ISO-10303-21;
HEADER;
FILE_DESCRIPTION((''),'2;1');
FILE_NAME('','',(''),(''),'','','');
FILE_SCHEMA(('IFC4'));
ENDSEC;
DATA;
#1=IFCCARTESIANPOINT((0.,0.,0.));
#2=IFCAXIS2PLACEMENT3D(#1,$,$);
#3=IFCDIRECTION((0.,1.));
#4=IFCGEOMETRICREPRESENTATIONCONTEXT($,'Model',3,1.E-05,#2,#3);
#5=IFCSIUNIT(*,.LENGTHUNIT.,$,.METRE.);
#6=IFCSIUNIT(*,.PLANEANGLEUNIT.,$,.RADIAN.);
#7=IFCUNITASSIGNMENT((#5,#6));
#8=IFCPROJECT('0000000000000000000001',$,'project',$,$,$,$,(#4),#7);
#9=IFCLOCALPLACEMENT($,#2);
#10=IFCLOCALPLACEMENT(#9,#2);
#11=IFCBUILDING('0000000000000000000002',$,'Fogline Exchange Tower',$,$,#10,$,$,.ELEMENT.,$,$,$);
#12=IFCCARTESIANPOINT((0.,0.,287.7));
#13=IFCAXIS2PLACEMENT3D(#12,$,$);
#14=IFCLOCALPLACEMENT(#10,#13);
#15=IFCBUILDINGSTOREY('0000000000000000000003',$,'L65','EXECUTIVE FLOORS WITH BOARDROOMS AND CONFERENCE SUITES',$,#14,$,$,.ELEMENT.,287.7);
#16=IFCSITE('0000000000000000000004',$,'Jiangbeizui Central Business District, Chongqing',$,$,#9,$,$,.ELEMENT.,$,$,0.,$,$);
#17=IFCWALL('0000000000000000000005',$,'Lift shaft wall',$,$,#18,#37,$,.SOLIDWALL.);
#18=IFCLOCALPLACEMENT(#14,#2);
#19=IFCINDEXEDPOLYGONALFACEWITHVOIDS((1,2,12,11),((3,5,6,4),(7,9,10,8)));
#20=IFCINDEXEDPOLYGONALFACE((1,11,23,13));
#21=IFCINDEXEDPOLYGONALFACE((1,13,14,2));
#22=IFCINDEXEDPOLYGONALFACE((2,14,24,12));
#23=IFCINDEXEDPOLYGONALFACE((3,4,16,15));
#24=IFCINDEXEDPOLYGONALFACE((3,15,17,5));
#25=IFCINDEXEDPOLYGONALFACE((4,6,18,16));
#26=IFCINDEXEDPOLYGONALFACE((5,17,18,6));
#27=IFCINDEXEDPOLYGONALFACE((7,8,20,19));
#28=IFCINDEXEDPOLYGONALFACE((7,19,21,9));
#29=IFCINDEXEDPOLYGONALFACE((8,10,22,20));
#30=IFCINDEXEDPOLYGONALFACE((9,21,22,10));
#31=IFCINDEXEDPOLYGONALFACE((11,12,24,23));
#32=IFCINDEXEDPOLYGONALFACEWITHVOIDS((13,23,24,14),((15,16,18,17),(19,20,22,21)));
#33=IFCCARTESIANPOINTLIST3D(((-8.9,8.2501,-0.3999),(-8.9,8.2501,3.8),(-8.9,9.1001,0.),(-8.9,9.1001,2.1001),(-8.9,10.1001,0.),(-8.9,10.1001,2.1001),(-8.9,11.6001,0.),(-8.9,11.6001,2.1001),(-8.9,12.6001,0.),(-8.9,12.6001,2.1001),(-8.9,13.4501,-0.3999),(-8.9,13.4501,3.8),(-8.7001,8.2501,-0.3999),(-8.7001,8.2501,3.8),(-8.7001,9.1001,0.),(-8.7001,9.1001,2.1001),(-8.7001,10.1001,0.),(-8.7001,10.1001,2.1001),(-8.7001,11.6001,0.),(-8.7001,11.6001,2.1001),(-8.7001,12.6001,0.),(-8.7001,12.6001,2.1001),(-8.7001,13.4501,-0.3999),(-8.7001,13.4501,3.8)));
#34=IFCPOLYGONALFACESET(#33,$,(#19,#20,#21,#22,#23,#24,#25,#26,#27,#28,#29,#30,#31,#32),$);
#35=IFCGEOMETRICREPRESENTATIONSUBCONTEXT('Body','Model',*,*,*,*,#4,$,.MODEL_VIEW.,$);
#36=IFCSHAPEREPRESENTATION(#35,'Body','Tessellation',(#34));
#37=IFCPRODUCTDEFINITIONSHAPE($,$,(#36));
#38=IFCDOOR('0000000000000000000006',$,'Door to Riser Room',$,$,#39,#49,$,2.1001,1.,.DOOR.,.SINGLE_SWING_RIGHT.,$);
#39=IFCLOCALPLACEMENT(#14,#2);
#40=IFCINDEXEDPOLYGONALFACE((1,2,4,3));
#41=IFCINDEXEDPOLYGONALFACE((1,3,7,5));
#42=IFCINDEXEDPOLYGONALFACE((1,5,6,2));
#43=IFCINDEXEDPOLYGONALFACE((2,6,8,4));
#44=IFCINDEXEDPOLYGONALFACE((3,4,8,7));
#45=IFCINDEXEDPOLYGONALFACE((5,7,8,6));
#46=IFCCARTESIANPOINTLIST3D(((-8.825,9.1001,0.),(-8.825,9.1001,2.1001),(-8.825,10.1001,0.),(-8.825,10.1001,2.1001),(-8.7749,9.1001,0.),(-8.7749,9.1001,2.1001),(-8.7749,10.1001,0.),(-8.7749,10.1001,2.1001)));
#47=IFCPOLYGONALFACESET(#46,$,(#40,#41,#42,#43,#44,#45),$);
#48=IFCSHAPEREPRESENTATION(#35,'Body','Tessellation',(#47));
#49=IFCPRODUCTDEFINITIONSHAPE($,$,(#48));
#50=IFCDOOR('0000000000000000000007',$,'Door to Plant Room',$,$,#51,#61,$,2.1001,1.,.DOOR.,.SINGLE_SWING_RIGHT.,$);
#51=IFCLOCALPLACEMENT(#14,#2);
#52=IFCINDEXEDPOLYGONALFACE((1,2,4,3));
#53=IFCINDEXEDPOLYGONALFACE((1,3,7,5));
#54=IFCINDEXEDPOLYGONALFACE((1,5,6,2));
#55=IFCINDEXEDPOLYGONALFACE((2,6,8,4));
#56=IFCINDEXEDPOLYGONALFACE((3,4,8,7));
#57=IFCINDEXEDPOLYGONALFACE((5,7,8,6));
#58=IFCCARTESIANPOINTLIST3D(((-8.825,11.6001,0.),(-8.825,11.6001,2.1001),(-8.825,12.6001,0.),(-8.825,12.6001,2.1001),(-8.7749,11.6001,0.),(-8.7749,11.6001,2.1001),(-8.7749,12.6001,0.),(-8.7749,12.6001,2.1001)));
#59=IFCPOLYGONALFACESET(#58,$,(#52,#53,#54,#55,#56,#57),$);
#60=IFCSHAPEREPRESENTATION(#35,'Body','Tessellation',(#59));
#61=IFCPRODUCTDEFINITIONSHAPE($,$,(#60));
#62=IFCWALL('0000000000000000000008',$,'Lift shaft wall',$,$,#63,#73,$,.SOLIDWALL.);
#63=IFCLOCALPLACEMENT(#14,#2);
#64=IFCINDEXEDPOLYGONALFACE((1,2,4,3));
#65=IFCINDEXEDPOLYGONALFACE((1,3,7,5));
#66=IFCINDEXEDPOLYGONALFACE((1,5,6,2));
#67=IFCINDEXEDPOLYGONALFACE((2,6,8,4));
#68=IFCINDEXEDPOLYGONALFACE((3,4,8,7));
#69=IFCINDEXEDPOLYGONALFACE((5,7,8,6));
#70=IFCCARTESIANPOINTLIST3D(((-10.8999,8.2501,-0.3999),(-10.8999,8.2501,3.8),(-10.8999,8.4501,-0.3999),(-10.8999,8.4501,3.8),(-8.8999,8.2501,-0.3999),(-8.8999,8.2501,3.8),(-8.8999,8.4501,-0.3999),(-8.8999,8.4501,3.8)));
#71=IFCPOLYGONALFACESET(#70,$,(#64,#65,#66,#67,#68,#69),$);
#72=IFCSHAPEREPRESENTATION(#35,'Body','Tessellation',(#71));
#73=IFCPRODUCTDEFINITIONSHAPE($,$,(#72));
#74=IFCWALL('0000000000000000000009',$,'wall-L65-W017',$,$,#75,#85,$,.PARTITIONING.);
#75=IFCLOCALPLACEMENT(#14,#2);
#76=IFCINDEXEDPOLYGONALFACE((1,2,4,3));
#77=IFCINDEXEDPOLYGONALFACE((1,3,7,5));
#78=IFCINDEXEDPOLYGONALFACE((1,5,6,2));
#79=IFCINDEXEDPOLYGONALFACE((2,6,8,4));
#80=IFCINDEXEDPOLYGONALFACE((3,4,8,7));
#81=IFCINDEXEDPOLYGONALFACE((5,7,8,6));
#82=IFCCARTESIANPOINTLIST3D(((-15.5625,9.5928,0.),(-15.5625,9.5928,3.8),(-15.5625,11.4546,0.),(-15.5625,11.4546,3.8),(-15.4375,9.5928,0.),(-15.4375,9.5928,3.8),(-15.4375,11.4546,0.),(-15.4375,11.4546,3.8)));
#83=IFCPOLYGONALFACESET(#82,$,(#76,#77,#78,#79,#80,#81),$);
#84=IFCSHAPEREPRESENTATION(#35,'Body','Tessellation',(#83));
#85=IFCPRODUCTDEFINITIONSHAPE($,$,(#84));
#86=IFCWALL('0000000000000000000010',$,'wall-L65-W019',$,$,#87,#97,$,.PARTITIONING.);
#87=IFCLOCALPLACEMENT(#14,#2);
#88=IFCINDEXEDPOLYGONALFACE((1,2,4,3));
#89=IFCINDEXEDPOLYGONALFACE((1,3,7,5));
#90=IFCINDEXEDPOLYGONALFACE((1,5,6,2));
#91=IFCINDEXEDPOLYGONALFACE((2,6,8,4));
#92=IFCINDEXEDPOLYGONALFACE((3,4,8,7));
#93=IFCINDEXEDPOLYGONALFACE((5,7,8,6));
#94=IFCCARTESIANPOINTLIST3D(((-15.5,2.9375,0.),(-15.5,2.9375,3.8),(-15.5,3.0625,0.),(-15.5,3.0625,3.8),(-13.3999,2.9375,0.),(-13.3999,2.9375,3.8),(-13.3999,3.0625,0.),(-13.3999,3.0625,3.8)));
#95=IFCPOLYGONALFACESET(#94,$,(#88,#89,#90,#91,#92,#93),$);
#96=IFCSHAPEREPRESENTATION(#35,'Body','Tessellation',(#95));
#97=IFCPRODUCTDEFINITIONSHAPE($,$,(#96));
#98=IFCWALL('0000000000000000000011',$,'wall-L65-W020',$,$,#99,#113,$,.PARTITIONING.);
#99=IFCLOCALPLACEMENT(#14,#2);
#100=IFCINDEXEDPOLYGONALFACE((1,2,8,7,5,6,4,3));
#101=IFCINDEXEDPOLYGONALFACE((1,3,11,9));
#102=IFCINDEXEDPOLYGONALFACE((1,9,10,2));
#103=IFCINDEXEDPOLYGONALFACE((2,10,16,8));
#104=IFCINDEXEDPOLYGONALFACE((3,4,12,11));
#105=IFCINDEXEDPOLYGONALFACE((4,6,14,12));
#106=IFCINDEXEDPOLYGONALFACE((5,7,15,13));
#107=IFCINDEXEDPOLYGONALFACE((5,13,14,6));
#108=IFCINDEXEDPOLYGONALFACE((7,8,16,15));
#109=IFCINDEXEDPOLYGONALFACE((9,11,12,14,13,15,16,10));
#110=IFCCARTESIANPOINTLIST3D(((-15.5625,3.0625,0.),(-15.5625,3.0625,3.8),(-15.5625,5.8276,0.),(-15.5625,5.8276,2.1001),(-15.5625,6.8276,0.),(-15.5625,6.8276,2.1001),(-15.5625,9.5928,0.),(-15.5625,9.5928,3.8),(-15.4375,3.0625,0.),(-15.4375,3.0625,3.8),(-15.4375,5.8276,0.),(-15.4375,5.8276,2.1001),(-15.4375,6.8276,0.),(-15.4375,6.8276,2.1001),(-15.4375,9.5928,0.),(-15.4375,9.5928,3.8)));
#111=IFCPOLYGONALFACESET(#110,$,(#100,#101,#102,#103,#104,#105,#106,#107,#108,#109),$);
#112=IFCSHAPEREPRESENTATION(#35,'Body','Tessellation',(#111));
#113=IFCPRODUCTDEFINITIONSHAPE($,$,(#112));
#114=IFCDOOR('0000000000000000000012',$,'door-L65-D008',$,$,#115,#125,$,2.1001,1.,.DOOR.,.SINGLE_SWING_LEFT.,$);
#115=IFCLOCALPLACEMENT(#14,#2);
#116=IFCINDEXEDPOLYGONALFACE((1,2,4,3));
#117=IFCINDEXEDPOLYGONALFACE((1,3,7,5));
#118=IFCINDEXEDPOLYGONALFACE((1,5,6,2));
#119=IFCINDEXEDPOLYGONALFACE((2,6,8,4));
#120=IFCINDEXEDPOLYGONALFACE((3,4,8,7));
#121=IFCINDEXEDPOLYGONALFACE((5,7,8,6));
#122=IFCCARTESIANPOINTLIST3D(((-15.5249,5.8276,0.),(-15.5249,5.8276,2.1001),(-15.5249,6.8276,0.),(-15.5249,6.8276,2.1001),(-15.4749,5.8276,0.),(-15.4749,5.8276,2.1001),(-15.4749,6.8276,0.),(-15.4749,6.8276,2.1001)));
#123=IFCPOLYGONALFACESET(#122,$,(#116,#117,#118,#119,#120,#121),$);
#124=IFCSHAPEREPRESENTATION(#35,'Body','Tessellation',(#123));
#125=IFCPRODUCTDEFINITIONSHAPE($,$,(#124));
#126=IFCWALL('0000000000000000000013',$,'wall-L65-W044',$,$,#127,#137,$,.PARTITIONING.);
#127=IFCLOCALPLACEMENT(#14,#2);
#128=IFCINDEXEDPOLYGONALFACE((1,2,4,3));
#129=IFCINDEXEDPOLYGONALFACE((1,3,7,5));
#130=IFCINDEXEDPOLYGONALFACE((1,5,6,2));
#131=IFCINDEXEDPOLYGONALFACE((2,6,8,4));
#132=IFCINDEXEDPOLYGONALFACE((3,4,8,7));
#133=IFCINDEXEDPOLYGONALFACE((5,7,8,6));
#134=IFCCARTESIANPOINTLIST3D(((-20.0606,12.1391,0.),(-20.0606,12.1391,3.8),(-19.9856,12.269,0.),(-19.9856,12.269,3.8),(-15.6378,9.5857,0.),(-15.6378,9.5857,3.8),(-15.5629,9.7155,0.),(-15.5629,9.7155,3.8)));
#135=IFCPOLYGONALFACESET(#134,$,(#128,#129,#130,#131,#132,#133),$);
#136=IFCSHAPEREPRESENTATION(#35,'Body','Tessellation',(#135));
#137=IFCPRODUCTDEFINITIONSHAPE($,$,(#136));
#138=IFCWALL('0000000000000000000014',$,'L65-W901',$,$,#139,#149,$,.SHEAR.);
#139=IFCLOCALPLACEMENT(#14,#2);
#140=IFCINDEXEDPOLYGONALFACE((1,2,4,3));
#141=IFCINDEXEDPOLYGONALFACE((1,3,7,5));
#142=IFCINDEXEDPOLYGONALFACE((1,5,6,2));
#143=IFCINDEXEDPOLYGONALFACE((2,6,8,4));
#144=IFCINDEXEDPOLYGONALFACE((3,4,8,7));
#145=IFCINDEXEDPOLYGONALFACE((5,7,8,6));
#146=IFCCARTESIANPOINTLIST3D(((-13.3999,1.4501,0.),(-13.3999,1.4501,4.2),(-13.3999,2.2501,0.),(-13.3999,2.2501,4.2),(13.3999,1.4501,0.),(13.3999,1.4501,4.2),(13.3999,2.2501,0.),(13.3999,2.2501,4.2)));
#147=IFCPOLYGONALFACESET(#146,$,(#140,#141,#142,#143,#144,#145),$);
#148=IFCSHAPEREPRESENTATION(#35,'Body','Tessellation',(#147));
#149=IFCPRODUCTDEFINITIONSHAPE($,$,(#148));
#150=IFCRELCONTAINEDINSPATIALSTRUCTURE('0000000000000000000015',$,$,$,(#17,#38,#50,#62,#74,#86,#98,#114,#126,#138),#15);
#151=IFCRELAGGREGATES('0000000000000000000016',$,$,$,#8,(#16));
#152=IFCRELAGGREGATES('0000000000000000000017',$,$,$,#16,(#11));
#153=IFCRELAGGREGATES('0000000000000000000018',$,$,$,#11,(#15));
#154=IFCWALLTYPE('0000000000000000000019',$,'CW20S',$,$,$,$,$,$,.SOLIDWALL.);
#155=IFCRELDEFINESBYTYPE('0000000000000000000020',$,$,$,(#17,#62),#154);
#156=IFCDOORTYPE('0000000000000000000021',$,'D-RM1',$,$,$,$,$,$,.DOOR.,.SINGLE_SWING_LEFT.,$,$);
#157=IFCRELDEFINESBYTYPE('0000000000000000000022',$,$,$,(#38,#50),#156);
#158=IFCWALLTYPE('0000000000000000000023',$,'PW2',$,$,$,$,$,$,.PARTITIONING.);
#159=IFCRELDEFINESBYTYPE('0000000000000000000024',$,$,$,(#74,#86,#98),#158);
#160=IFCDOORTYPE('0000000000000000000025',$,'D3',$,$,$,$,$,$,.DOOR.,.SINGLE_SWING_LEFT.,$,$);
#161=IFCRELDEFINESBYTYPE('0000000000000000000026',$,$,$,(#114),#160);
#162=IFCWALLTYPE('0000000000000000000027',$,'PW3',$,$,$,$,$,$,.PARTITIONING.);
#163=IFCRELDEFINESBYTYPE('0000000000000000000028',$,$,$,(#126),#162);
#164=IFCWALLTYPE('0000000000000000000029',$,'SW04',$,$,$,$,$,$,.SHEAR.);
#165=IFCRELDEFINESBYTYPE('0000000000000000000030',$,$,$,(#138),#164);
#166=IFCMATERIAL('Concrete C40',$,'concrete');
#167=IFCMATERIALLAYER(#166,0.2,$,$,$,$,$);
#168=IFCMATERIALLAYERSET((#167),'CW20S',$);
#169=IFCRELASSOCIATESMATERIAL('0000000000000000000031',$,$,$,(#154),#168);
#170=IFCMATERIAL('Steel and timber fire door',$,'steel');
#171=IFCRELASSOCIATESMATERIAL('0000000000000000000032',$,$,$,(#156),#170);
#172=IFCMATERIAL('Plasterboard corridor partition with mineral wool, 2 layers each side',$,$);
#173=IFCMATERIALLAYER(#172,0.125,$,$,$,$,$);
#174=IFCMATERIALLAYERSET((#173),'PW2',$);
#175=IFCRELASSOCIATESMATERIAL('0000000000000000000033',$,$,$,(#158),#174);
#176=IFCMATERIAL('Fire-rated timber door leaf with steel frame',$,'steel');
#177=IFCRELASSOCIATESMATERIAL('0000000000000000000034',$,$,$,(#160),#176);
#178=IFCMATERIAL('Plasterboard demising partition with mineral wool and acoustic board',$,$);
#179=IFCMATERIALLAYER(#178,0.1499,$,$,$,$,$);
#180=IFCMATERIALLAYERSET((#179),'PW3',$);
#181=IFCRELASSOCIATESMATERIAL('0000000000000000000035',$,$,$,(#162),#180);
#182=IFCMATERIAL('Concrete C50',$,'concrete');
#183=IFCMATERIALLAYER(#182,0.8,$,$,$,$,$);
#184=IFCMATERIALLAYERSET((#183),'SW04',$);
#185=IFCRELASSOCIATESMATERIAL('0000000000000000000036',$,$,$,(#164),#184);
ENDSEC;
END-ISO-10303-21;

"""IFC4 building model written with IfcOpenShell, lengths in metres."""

from ifc_helpers import new_model, si_unit, direction, frame, frame_2d, origin, place, context, subcontext, project, spatial, rectangle, extrude, material, layer, layer_set, type_object, element, fill, save


model = new_model("IFC4")

# Units and contexts
model_context = context("Model", 3, precision=1e-05, world=origin(), true_north=direction((0.0, 1.0)))
body_context = subcontext(model_context, "Body", "Model", "MODEL_VIEW")
ifc_project = project(units=[si_unit("LENGTHUNIT", "METRE"), si_unit("PLANEANGLEUNIT", "RADIAN")], contexts=[model_context])

# Site, building, storey
site_placement = place(None, origin())
site = spatial("IfcSite", under=ifc_project, at=site_placement, Name="Jiangbeizui Central Business District, Chongqing", CompositionType="ELEMENT", RefElevation=0.0)
building_placement = place(site_placement, origin())
building = spatial("IfcBuilding", under=site, at=building_placement, Name="Fogline Exchange Tower", CompositionType="ELEMENT")
storey_placement = place(building_placement, frame((0.0, 0.0, 287.7)))
storey = spatial("IfcBuildingStorey", under=building, at=storey_placement, Name="L65", Description="EXECUTIVE FLOORS WITH BOARDROOMS AND CONFERENCE SUITES", CompositionType="ELEMENT", Elevation=287.7)

# Shared definitions
ifc_material_1 = material(Name="Concrete C40", Category="concrete")

# Shared definitions
ifc_material_2 = material(Name="Steel and timber fire door", Category="steel")

# Wall, openings, doors
ifc_layer_1 = layer(ifc_material_1, 0.2)
ifc_layer_set_1 = layer_set([ifc_layer_1], Name="CW20S")
wall_type_1 = type_object("IfcWallType", Name="CW20S", PredefinedType="SOLIDWALL", material=ifc_layer_set_1)
wall_1_placement = place(storey_placement, frame((-8.8, 8.25, -0.3999), z_axis=(0.0, 0.0, 1.0), x_axis=(0.0, 1.0, 0.0)))
wall_1 = element("IfcWall", 1, at=wall_1_placement, inside=storey, type_object=wall_type_1, Name="Lift shaft wall", PredefinedType="SOLIDWALL", context=body_context, shape_type="SweptSolid", body=[
    extrude(rectangle(XDim=5.2, YDim=0.2, at=frame_2d((2.6001, 0.0))), origin(), (0.0, 0.0, 1.0), 4.2),
])
opening_1_placement = place(wall_1_placement, frame((0.8501, 0.0, 0.3999)))
opening_1 = element("IfcOpeningElement", 2, at=opening_1_placement, cuts=wall_1, PredefinedType="OPENING", context=body_context, shape_type="SweptSolid", body=[
    extrude(rectangle(XDim=1.0, YDim=2.1001, at=frame_2d((0.5, 1.05))), frame((0.0, 0.1099, 0.0), z_axis=(0.0, -1.0, 0.0), x_axis=(1.0, 0.0, 0.0)), (0.0, 0.0, 1.0), 0.22),
])
opening_2_placement = place(wall_1_placement, frame((3.3501, 0.0, 0.3999)))
opening_2 = element("IfcOpeningElement", 3, at=opening_2_placement, cuts=wall_1, PredefinedType="OPENING", context=body_context, shape_type="SweptSolid", body=[
    extrude(rectangle(XDim=1.0, YDim=2.1001, at=frame_2d((0.5, 1.05))), frame((0.0, 0.1099, 0.0), z_axis=(0.0, -1.0, 0.0), x_axis=(1.0, 0.0, 0.0)), (0.0, 0.0, 1.0), 0.22),
])
door_type_1 = type_object("IfcDoorType", Name="D-RM1", OperationType="SINGLE_SWING_LEFT", PredefinedType="DOOR", material=ifc_material_2)
door_1_placement = place(opening_1_placement, origin())
door_1 = element("IfcDoor", 4, at=door_1_placement, inside=storey, type_object=door_type_1, Name="Door to Riser Room", OperationType="SINGLE_SWING_RIGHT", OverallHeight=2.1001, OverallWidth=1.0, PredefinedType="DOOR", context=body_context, shape_type="SweptSolid", body=[
    extrude(rectangle(XDim=1.0, YDim=2.1001, at=frame_2d((0.5, 1.05))), frame((0.0, 0.0249, 0.0), z_axis=(0.0, -1.0, 0.0), x_axis=(1.0, 0.0, 0.0)), (0.0, 0.0, 1.0), 0.05),
])
fill(opening_1, door_1)
door_2_placement = place(opening_2_placement, origin())
door_2 = element("IfcDoor", 5, at=door_2_placement, inside=storey, type_object=door_type_1, Name="Door to Plant Room", OperationType="SINGLE_SWING_RIGHT", OverallHeight=2.1001, OverallWidth=1.0, PredefinedType="DOOR", context=body_context, shape_type="SweptSolid", body=[
    extrude(rectangle(XDim=1.0, YDim=2.1001, at=frame_2d((0.5, 1.05))), frame((0.0, 0.0249, 0.0), z_axis=(0.0, -1.0, 0.0), x_axis=(1.0, 0.0, 0.0)), (0.0, 0.0, 1.0), 0.05),
])
fill(opening_2, door_2)

# Walls
wall_2_placement = place(storey_placement, frame((-10.8999, 8.3501, -0.3999), z_axis=(0.0, 0.0, 1.0), x_axis=(1.0, 0.0, 0.0)))
element("IfcWall", 6, at=wall_2_placement, inside=storey, type_object=wall_type_1, Name="Lift shaft wall", PredefinedType="SOLIDWALL", context=body_context, shape_type="SweptSolid", body=[
    extrude(rectangle(XDim=2.0, YDim=0.2, at=frame_2d((1.0, 0.0))), origin(), (0.0, 0.0, 1.0), 4.2),
])
ifc_material_3 = material(Name="Plasterboard corridor partition with mineral wool, 2 layers each side")
ifc_layer_2 = layer(ifc_material_3, 0.125)
ifc_layer_set_2 = layer_set([ifc_layer_2], Name="PW2")
wall_type_2 = type_object("IfcWallType", Name="PW2", PredefinedType="PARTITIONING", material=ifc_layer_set_2)
wall_3_placement = place(storey_placement, frame((-15.5, 9.5928, 0.0), z_axis=(0.0, 0.0, 1.0), x_axis=(0.0, 1.0, 0.0)))
element("IfcWall", 7, at=wall_3_placement, inside=storey, type_object=wall_type_2, Name="wall-L65-W017", PredefinedType="PARTITIONING", context=body_context, shape_type="SweptSolid", body=[
    extrude(rectangle(XDim=1.8618, YDim=0.125, at=frame_2d((0.9309, 0.0))), origin(), (0.0, 0.0, 1.0), 3.8),
])
wall_4_placement = place(storey_placement, frame((-13.3999, 3.0, 0.0), z_axis=(0.0, 0.0, 1.0), x_axis=(-1.0, 0.0, 0.0)))
element("IfcWall", 8, at=wall_4_placement, inside=storey, type_object=wall_type_2, Name="wall-L65-W019", PredefinedType="PARTITIONING", context=body_context, shape_type="SweptSolid", body=[
    extrude(rectangle(XDim=2.1001, YDim=0.125, at=frame_2d((1.05, 0.0))), origin(), (0.0, 0.0, 1.0), 3.8),
])

# Wall, opening, door
wall_5_placement = place(storey_placement, frame((-15.5, 3.0625, 0.0), z_axis=(0.0, 0.0, 1.0), x_axis=(0.0, 1.0, 0.0)))
wall_5 = element("IfcWall", 9, at=wall_5_placement, inside=storey, type_object=wall_type_2, Name="wall-L65-W020", PredefinedType="PARTITIONING", context=body_context, shape_type="SweptSolid", body=[
    extrude(rectangle(XDim=6.5303, YDim=0.125, at=frame_2d((3.2651, 0.0))), origin(), (0.0, 0.0, 1.0), 3.8),
])
opening_3_placement = place(wall_5_placement, frame((2.7651, 0.0, 0.0)))
opening_3 = element("IfcOpeningElement", 10, at=opening_3_placement, cuts=wall_5, PredefinedType="OPENING", context=body_context, shape_type="SweptSolid", body=[
    extrude(rectangle(XDim=1.0, YDim=2.1001, at=frame_2d((0.5, 1.05))), frame((0.0, 0.0725, 0.0), z_axis=(0.0, -1.0, 0.0), x_axis=(1.0, 0.0, 0.0)), (0.0, 0.0, 1.0), 0.145),
])
ifc_material_4 = material(Name="Fire-rated timber door leaf with steel frame", Category="steel")
door_type_2 = type_object("IfcDoorType", Name="D3", OperationType="SINGLE_SWING_LEFT", PredefinedType="DOOR", material=ifc_material_4)
door_3_placement = place(opening_3_placement, origin())
door_3 = element("IfcDoor", 11, at=door_3_placement, inside=storey, type_object=door_type_2, Name="door-L65-D008", OperationType="SINGLE_SWING_LEFT", OverallHeight=2.1001, OverallWidth=1.0, PredefinedType="DOOR", context=body_context, shape_type="SweptSolid", body=[
    extrude(rectangle(XDim=1.0, YDim=2.1001, at=frame_2d((0.5, 1.05))), frame((0.0, 0.0249, 0.0), z_axis=(0.0, -1.0, 0.0), x_axis=(1.0, 0.0, 0.0)), (0.0, 0.0, 1.0), 0.05),
])
fill(opening_3, door_3)

# Walls
ifc_material_5 = material(Name="Plasterboard demising partition with mineral wool and acoustic board")
ifc_layer_3 = layer(ifc_material_5, 0.1499)
ifc_layer_set_3 = layer_set([ifc_layer_3], Name="PW3")
wall_type_3 = type_object("IfcWallType", Name="PW3", PredefinedType="PARTITIONING", material=ifc_layer_set_3)
wall_6_placement = place(storey_placement, frame((-15.6003, 9.6506, 0.0), z_axis=(0.0, 0.0, 1.0), x_axis=(-0.866031, 0.49999, 0.0)))
element("IfcWall", 12, at=wall_6_placement, inside=storey, type_object=wall_type_3, Name="wall-L65-W044", PredefinedType="PARTITIONING", context=body_context, shape_type="SweptSolid", body=[
    extrude(rectangle(XDim=5.1069, YDim=0.1499, at=frame_2d((2.5535, 0.0))), origin(), (0.0, 0.0, 1.0), 3.8),
])
ifc_material_6 = material(Name="Concrete C50", Category="concrete")
ifc_layer_4 = layer(ifc_material_6, 0.8)
ifc_layer_set_4 = layer_set([ifc_layer_4], Name="SW04")
wall_type_4 = type_object("IfcWallType", Name="SW04", PredefinedType="SHEAR", material=ifc_layer_set_4)
wall_7_placement = place(storey_placement, frame((-13.3999, 1.8501, 0.0), z_axis=(0.0, 0.0, 1.0), x_axis=(1.0, 0.0, 0.0)))
element("IfcWall", 13, at=wall_7_placement, inside=storey, type_object=wall_type_4, Name="L65-W901", PredefinedType="SHEAR", context=body_context, shape_type="SweptSolid", body=[
    extrude(rectangle(XDim=26.7998, YDim=0.8, at=frame_2d((13.3999, 0.0))), origin(), (0.0, 0.0, 1.0), 4.2),
])

save(model, "model.ifc")
